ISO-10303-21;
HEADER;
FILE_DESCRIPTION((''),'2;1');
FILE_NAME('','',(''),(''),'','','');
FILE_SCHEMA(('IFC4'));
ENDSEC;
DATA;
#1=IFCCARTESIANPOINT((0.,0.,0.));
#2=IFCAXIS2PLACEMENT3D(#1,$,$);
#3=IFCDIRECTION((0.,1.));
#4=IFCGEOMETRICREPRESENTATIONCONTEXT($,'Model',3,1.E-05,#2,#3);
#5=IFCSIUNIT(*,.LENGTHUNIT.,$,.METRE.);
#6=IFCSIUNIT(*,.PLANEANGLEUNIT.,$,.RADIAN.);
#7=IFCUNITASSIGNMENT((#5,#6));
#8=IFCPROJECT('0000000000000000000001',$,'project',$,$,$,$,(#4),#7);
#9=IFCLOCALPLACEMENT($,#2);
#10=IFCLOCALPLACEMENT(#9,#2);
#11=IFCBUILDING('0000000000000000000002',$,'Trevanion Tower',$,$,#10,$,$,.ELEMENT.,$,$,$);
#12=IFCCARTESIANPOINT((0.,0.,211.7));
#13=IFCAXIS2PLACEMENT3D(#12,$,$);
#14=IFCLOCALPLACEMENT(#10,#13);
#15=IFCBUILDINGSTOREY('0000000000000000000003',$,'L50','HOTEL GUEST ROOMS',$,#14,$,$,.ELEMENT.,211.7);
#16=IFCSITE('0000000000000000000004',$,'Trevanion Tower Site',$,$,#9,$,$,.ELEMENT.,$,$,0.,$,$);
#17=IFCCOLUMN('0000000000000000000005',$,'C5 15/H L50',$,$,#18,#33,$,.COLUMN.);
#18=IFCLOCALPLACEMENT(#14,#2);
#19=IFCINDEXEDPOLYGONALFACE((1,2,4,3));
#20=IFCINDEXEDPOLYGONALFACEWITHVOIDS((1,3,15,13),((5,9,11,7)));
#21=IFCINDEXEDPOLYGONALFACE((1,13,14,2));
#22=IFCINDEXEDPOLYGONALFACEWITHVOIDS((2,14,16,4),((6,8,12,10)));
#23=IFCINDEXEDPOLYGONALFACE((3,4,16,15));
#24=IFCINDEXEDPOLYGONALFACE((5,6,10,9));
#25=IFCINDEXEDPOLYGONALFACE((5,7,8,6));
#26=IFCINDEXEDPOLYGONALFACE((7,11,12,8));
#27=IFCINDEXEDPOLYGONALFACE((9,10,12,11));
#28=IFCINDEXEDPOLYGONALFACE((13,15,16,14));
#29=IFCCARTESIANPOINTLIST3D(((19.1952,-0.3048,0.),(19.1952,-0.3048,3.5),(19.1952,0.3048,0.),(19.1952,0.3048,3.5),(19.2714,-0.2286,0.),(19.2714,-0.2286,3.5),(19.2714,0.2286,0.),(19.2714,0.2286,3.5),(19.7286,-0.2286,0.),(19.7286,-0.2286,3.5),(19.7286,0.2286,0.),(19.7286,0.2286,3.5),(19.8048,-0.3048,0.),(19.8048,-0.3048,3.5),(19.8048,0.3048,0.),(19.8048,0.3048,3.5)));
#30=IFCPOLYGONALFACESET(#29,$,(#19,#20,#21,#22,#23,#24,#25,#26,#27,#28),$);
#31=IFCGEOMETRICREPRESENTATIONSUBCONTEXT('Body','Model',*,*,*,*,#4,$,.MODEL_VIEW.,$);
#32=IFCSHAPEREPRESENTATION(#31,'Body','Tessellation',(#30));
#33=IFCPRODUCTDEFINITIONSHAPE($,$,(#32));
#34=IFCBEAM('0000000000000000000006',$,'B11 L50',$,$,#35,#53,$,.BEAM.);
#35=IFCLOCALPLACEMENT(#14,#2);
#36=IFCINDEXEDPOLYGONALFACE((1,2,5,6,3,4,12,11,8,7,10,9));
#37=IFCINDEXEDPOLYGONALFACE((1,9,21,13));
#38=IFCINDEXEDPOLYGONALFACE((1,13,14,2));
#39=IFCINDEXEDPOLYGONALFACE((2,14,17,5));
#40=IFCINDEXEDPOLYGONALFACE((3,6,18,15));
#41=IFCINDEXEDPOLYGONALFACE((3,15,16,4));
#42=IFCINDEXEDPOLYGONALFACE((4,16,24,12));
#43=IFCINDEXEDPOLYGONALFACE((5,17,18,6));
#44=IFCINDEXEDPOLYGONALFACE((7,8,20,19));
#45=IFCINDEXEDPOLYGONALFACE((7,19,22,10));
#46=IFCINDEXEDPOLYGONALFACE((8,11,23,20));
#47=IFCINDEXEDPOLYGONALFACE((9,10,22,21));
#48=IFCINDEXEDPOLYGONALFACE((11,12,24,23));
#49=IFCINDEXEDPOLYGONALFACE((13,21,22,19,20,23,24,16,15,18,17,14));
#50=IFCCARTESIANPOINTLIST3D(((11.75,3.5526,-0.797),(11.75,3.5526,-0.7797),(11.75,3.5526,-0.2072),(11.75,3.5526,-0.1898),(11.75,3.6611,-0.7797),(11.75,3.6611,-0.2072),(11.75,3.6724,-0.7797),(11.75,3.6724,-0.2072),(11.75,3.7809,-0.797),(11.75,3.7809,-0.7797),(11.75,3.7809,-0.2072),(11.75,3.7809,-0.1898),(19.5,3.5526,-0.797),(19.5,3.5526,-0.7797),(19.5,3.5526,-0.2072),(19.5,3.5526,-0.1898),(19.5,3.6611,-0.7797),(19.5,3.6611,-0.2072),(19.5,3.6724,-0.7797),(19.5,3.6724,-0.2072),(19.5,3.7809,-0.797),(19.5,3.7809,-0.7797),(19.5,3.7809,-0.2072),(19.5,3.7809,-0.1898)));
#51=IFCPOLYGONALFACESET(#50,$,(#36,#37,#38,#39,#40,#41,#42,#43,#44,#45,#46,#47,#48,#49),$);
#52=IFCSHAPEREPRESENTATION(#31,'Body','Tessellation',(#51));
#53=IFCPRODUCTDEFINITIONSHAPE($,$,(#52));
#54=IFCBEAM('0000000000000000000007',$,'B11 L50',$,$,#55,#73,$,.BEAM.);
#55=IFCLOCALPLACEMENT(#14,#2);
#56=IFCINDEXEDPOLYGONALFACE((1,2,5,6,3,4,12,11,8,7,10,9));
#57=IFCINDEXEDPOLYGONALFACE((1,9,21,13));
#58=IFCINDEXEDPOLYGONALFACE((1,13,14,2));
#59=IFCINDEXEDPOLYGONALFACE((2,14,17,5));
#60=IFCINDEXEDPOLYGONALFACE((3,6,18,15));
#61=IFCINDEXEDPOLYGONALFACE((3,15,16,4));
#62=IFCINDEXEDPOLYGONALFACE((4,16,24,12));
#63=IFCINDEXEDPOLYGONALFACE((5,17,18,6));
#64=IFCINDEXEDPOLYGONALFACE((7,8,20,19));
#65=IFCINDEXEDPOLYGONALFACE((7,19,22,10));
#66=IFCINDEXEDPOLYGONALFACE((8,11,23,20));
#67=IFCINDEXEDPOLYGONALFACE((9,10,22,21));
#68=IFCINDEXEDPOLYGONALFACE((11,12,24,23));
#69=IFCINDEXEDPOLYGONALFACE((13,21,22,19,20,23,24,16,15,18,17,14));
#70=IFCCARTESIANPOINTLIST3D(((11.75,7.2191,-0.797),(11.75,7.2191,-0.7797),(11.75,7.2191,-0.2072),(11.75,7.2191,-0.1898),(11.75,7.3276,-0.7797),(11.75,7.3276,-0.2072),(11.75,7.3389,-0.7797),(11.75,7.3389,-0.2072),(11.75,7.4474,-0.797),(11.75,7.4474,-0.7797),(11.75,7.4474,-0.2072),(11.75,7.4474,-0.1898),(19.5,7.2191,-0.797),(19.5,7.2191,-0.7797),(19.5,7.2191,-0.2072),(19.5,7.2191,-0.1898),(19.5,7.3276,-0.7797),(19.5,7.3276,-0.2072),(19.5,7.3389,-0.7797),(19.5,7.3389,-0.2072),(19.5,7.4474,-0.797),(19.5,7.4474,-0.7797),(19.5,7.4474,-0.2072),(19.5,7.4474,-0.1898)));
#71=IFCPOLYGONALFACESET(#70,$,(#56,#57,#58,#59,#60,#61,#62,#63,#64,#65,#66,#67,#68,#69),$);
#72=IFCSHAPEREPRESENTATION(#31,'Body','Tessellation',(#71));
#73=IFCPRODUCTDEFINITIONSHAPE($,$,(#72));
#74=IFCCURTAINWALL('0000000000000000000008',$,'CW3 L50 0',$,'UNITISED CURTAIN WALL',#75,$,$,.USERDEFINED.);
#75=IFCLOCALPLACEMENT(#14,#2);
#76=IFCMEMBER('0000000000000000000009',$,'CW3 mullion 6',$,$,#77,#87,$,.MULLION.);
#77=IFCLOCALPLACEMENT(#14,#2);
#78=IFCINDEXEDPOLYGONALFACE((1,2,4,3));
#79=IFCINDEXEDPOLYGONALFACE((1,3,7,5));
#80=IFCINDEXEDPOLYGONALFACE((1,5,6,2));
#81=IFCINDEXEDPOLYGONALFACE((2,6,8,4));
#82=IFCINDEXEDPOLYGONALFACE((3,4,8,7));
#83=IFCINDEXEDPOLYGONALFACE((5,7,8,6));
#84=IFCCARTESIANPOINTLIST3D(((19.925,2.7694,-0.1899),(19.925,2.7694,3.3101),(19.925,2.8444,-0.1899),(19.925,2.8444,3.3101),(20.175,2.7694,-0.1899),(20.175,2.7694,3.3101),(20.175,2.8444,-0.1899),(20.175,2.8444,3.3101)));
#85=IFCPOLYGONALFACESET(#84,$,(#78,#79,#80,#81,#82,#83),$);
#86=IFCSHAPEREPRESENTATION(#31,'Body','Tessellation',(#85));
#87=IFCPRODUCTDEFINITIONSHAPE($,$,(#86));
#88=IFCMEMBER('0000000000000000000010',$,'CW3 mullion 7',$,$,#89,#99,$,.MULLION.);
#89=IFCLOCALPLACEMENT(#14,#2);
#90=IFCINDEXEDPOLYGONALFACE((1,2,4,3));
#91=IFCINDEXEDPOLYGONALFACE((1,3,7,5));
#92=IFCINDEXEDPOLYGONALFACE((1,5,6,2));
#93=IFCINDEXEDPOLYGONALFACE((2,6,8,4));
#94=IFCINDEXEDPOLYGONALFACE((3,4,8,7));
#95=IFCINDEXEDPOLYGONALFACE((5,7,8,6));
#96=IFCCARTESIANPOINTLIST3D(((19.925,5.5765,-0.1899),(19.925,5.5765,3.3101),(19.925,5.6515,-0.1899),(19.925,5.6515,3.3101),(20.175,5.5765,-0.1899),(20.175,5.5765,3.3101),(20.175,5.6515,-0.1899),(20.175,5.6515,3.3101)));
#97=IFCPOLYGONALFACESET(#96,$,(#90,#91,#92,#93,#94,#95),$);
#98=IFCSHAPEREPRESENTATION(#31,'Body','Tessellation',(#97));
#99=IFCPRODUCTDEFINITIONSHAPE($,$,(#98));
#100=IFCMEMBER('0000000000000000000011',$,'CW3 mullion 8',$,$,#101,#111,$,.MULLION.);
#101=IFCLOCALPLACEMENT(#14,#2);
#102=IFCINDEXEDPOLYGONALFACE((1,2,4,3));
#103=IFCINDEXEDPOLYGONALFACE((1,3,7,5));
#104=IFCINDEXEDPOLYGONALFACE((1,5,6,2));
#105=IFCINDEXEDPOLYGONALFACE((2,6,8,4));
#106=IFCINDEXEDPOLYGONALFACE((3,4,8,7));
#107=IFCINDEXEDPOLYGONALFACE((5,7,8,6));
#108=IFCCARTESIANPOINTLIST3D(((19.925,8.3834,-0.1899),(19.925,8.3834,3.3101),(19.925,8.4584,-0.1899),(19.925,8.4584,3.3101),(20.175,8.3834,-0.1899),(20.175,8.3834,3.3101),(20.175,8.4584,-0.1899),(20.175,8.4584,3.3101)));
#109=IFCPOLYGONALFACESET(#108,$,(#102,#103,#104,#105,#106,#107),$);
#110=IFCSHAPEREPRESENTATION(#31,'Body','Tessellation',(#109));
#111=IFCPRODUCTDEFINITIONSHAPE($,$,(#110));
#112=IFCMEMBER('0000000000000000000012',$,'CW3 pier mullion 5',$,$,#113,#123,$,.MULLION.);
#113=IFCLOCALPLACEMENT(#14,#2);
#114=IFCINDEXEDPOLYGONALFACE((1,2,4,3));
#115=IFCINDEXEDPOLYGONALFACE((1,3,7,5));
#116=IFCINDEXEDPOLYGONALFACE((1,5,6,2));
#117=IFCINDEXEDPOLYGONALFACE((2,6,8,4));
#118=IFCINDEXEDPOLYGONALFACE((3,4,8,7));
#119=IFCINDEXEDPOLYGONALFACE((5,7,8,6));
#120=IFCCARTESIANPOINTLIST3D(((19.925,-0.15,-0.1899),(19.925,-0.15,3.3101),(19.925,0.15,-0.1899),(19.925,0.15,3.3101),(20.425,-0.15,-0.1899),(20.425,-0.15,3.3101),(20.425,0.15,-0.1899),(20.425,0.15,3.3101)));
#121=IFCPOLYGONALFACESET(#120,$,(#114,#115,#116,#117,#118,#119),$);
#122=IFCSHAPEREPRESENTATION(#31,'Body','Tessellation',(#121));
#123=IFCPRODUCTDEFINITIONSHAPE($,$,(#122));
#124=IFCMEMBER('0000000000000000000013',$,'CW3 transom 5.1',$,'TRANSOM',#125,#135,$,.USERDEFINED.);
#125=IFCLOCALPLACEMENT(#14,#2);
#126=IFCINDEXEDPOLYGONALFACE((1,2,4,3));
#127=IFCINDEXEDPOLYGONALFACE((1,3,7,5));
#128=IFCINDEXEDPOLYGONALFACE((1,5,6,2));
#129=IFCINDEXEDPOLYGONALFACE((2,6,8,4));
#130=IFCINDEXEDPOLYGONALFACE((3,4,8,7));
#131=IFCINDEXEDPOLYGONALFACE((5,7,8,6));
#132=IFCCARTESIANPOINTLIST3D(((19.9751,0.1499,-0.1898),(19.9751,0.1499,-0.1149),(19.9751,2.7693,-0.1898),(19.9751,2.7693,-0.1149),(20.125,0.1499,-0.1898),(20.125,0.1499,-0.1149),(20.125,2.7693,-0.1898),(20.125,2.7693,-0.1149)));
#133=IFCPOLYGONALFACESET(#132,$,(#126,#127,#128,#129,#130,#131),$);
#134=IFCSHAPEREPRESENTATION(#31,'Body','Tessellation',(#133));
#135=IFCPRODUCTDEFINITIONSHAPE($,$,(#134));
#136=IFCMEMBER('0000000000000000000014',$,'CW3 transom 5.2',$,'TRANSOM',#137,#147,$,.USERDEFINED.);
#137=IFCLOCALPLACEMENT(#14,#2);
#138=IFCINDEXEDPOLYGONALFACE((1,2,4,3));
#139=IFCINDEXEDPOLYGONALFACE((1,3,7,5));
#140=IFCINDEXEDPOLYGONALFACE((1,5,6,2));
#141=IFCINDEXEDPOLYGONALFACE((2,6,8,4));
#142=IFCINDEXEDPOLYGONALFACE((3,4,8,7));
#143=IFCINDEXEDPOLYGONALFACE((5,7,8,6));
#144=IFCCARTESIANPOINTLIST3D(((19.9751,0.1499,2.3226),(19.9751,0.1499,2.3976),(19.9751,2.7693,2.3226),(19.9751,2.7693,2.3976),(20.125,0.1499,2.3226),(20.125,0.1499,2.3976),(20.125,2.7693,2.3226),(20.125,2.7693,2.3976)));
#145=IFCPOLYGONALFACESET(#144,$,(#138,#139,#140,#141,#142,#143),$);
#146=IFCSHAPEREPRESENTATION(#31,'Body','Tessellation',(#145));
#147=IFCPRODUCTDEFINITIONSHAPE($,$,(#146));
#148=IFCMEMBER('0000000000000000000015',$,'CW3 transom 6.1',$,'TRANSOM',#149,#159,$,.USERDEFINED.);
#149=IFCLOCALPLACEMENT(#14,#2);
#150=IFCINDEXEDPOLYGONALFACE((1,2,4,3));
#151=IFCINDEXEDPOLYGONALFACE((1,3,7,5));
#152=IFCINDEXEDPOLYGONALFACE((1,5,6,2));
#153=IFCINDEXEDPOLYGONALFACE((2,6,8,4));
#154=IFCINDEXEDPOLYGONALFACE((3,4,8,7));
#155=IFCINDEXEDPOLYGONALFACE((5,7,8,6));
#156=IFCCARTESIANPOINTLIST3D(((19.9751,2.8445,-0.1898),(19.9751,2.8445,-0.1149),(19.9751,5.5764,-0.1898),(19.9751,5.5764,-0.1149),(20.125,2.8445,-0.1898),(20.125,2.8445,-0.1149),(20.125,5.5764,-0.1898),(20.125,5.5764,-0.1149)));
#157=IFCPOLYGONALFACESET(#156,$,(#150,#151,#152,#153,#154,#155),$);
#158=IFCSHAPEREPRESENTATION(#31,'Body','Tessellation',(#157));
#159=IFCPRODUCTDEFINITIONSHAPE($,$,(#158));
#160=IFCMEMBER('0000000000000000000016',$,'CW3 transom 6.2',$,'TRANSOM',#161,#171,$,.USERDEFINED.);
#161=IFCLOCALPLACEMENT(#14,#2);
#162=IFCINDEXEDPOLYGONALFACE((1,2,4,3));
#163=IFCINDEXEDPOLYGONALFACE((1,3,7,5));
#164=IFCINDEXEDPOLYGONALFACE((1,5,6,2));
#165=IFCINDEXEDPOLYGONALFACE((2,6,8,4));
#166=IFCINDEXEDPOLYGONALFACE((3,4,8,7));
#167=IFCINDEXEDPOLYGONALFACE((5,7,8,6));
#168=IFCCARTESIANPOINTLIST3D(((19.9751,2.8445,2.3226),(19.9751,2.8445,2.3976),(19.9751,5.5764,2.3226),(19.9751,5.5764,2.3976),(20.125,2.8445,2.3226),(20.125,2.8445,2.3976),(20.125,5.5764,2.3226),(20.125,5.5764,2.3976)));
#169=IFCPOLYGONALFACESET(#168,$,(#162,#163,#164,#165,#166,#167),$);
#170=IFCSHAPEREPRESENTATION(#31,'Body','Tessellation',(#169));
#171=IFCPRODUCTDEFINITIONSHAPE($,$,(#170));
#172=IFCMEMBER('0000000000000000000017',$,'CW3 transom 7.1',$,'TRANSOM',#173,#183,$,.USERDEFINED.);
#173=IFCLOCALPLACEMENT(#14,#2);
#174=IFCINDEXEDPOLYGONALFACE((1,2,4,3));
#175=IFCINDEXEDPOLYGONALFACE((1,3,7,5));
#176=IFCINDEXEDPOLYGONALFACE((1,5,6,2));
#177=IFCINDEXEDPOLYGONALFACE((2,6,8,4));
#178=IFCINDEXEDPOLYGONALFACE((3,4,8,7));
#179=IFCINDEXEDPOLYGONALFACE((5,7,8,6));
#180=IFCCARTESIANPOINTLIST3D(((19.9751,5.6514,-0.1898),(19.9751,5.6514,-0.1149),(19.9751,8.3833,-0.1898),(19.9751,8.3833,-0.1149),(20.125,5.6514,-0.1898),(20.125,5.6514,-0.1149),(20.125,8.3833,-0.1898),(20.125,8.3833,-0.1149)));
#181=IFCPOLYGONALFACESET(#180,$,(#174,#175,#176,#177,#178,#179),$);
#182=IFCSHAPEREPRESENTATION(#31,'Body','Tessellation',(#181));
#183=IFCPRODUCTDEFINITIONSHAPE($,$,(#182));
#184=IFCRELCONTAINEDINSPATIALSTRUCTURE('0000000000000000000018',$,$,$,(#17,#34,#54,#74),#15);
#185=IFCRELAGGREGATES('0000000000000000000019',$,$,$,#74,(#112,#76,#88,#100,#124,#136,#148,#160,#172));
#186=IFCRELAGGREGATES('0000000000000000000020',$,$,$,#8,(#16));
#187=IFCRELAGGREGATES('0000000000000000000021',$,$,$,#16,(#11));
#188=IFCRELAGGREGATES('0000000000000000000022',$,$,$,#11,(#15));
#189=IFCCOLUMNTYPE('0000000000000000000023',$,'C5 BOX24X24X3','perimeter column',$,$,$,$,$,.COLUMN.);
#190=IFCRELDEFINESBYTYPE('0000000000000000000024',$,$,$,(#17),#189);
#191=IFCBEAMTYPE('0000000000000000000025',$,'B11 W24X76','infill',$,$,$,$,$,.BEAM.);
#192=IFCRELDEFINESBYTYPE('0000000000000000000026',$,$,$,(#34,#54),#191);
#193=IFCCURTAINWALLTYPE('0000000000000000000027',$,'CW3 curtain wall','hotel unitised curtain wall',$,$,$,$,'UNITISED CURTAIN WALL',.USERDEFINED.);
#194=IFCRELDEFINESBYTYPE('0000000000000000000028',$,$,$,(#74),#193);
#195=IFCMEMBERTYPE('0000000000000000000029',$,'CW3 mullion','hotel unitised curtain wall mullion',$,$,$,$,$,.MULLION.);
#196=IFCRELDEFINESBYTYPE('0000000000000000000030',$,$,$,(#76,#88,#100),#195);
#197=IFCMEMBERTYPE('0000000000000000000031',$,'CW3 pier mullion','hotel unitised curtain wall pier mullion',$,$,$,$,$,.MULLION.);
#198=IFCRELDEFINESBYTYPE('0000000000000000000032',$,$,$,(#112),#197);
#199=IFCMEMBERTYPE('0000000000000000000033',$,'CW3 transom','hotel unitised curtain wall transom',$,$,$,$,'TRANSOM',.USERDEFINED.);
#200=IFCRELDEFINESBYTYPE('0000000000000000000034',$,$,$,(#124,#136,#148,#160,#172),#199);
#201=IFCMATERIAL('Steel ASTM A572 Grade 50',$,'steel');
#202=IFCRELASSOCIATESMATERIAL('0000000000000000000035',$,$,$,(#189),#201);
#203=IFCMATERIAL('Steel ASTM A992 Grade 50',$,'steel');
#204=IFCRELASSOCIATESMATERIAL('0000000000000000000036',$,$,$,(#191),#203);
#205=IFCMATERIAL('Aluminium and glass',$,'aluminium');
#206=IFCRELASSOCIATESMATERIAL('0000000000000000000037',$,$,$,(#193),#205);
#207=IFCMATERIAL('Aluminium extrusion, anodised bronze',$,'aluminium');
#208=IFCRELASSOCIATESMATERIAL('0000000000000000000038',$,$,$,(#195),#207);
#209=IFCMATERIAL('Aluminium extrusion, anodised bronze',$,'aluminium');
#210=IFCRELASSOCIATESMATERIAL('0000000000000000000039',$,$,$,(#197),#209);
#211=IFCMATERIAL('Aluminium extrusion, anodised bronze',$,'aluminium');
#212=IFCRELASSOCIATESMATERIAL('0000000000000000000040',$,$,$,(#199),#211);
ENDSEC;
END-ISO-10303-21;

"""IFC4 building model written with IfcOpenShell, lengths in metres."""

from ifc_helpers import new_model, si_unit, direction, frame, origin, origin_2d, place, context, subcontext, project, spatial, rectangle, hollow_rectangle, i_section, extrude, material, material_profile, profile_set, type_object, element, aggregate, save


model = new_model("IFC4")

# Units and contexts
model_context = context("Model", 3, precision=1e-05, world=origin(), true_north=direction((0.0, 1.0)))
body_context = subcontext(model_context, "Body", "Model", "MODEL_VIEW")
ifc_project = project(units=[si_unit("LENGTHUNIT", "METRE"), si_unit("PLANEANGLEUNIT", "RADIAN")], contexts=[model_context])

# Site, building, storey
site_placement = place(None, origin())
site = spatial("IfcSite", under=ifc_project, at=site_placement, Name="Trevanion Tower Site", CompositionType="ELEMENT", RefElevation=0.0)
building_placement = place(site_placement, origin())
building = spatial("IfcBuilding", under=site, at=building_placement, Name="Trevanion Tower", CompositionType="ELEMENT")
storey_placement = place(building_placement, frame((0.0, 0.0, 211.7)))
storey = spatial("IfcBuildingStorey", under=building, at=storey_placement, Name="L50", Description="HOTEL GUEST ROOMS", CompositionType="ELEMENT", Elevation=211.7)

# Column
ifc_material_1 = material(Name="Steel ASTM A572 Grade 50", Category="steel")
ifc_material_profile_1 = material_profile(ifc_material_1, hollow_rectangle(XDim=0.6096, YDim=0.6096, WallThickness=0.0762, at=origin_2d()), Name="BOX24X24X3")
ifc_profile_set_1 = profile_set([ifc_material_profile_1], Name="Steel ASTM A572 Grade 50")
column_type = type_object("IfcColumnType", Name="C5 BOX24X24X3", Description="perimeter column", PredefinedType="COLUMN", material=ifc_profile_set_1)
column_placement = place(storey_placement, frame((19.5, 0.0, 0.0), z_axis=(0.0, 0.0, 1.0), x_axis=(0.0, 1.0, 0.0)))
element("IfcColumn", 1, at=column_placement, inside=storey, type_object=column_type, Name="C5 15/H L50", PredefinedType="COLUMN", context=body_context, shape_type="SweptSolid", body=[
    extrude(hollow_rectangle(XDim=0.6096, YDim=0.6096, WallThickness=0.0762, at=origin_2d()), origin(), (0.0, 0.0, 1.0), 3.5),
])

# Beams
ifc_material_2 = material(Name="Steel ASTM A992 Grade 50", Category="steel")
ifc_material_profile_2 = material_profile(ifc_material_2, i_section(OverallWidth=0.2283, OverallDepth=0.6072, WebThickness=0.0112, FlangeThickness=0.0173, at=origin_2d()), Name="W24X76")
ifc_profile_set_2 = profile_set([ifc_material_profile_2], Name="Steel ASTM A992 Grade 50")
beam_type_1 = type_object("IfcBeamType", Name="B11 W24X76", Description="infill", PredefinedType="BEAM", material=ifc_profile_set_2)
for number, where, z_axis, x_axis, name in (
    (2, (11.75, 3.6667, -0.4934), (1.0, 0.0, 0.0), (0.0, 1.0, 0.0), "B11 L50"),
    (3, (11.75, 7.3333, -0.4934), (1.0, 0.0, 0.0), (0.0, 1.0, 0.0), "B11 L50"),
):
    element("IfcBeam", number, at=place(storey_placement, frame(where, z_axis=z_axis, x_axis=x_axis)), inside=storey, type_object=beam_type_1, Name=name, PredefinedType="BEAM", context=body_context, shape_type="SweptSolid", body=[
        extrude(i_section(OverallWidth=0.2283, OverallDepth=0.6072, WebThickness=0.0112, FlangeThickness=0.0173, at=origin_2d()), origin(), (0.0, 0.0, 1.0), 7.75),
    ])

# Curtain wall, members
ifc_material_3 = material(Name="Aluminium and glass", Category="aluminium")
curtain_wall_type = type_object("IfcCurtainWallType", Name="CW3 curtain wall", Description="hotel unitised curtain wall", ElementType="UNITISED CURTAIN WALL", PredefinedType="USERDEFINED", material=ifc_material_3)
curtain_wall_placement = place(storey_placement, origin())
curtain_wall = element("IfcCurtainWall", 4, at=curtain_wall_placement, inside=storey, type_object=curtain_wall_type, Name="CW3 L50 0", ObjectType="UNITISED CURTAIN WALL", PredefinedType="USERDEFINED")
ifc_material_4 = material(Name="Aluminium extrusion, anodised bronze", Category="aluminium")
ifc_material_profile_3 = material_profile(ifc_material_4, rectangle(XDim=0.075, YDim=0.25, at=origin_2d()), Name="CW3 mullion")
ifc_profile_set_3 = profile_set([ifc_material_profile_3], Name="Aluminium extrusion, anodised bronze")
member_type_1 = type_object("IfcMemberType", Name="CW3 mullion", Description="hotel unitised curtain wall mullion", PredefinedType="MULLION", material=ifc_profile_set_3)
member_1_placement = place(storey_placement, frame((20.05, 2.8069, -0.1899), z_axis=(0.0, 0.0, 1.0), x_axis=(0.0, 1.0, 0.0)))
member_1 = element("IfcMember", 5, at=member_1_placement, type_object=member_type_1, Name="CW3 mullion 6", PredefinedType="MULLION", context=body_context, shape_type="SweptSolid", body=[
    extrude(rectangle(XDim=0.075, YDim=0.25, at=origin_2d()), origin(), (0.0, 0.0, 1.0), 3.5),
])
member_2_placement = place(storey_placement, frame((20.05, 5.614, -0.1899), z_axis=(0.0, 0.0, 1.0), x_axis=(0.0, 1.0, 0.0)))
member_2 = element("IfcMember", 6, at=member_2_placement, type_object=member_type_1, Name="CW3 mullion 7", PredefinedType="MULLION", context=body_context, shape_type="SweptSolid", body=[
    extrude(rectangle(XDim=0.075, YDim=0.25, at=origin_2d()), origin(), (0.0, 0.0, 1.0), 3.5),
])
member_3_placement = place(storey_placement, frame((20.05, 8.4209, -0.1899), z_axis=(0.0, 0.0, 1.0), x_axis=(0.0, 1.0, 0.0)))
member_3 = element("IfcMember", 7, at=member_3_placement, type_object=member_type_1, Name="CW3 mullion 8", PredefinedType="MULLION", context=body_context, shape_type="SweptSolid", body=[
    extrude(rectangle(XDim=0.075, YDim=0.25, at=origin_2d()), origin(), (0.0, 0.0, 1.0), 3.5),
])
ifc_material_5 = material(Name="Aluminium extrusion, anodised bronze", Category="aluminium")
ifc_material_profile_4 = material_profile(ifc_material_5, rectangle(XDim=0.3, YDim=0.5, at=origin_2d()), Name="CW3 pier mullion")
ifc_profile_set_4 = profile_set([ifc_material_profile_4], Name="Aluminium extrusion, anodised bronze")
member_type_2 = type_object("IfcMemberType", Name="CW3 pier mullion", Description="hotel unitised curtain wall pier mullion", PredefinedType="MULLION", material=ifc_profile_set_4)
member_4_placement = place(storey_placement, frame((20.175, 0.0, -0.1899), z_axis=(0.0, 0.0, 1.0), x_axis=(0.0, 1.0, 0.0)))
member_4 = element("IfcMember", 8, at=member_4_placement, type_object=member_type_2, Name="CW3 pier mullion 5", PredefinedType="MULLION", context=body_context, shape_type="SweptSolid", body=[
    extrude(rectangle(XDim=0.3, YDim=0.5, at=origin_2d()), origin(), (0.0, 0.0, 1.0), 3.5),
])
ifc_material_6 = material(Name="Aluminium extrusion, anodised bronze", Category="aluminium")
ifc_material_profile_5 = material_profile(ifc_material_6, rectangle(XDim=0.1499, YDim=0.075, at=origin_2d()), Name="CW3 transom")
ifc_profile_set_5 = profile_set([ifc_material_profile_5], Name="Aluminium extrusion, anodised bronze")
member_type_3 = type_object("IfcMemberType", Name="CW3 transom", Description="hotel unitised curtain wall transom", ElementType="TRANSOM", PredefinedType="USERDEFINED", material=ifc_profile_set_5)
member_5_placement = place(storey_placement, frame((20.05, 0.1499, -0.1523), z_axis=(0.0, 1.0, 0.0), x_axis=(-1.0, 0.0, 0.0)))
member_5 = element("IfcMember", 9, at=member_5_placement, type_object=member_type_3, Name="CW3 transom 5.1", ObjectType="TRANSOM", PredefinedType="USERDEFINED", context=body_context, shape_type="SweptSolid", body=[
    extrude(rectangle(XDim=0.1499, YDim=0.075, at=origin_2d()), origin(), (0.0, 0.0, 1.0), 2.6194),
])
member_6_placement = place(storey_placement, frame((20.05, 0.1499, 2.3601), z_axis=(0.0, 1.0, 0.0), x_axis=(-1.0, 0.0, 0.0)))
member_6 = element("IfcMember", 10, at=member_6_placement, type_object=member_type_3, Name="CW3 transom 5.2", ObjectType="TRANSOM", PredefinedType="USERDEFINED", context=body_context, shape_type="SweptSolid", body=[
    extrude(rectangle(XDim=0.1499, YDim=0.075, at=origin_2d()), origin(), (0.0, 0.0, 1.0), 2.6194),
])
member_7_placement = place(storey_placement, frame((20.05, 2.8445, -0.1523), z_axis=(0.0, 1.0, 0.0), x_axis=(-1.0, 0.0, 0.0)))
member_7 = element("IfcMember", 11, at=member_7_placement, type_object=member_type_3, Name="CW3 transom 6.1", ObjectType="TRANSOM", PredefinedType="USERDEFINED", context=body_context, shape_type="SweptSolid", body=[
    extrude(rectangle(XDim=0.1499, YDim=0.075, at=origin_2d()), origin(), (0.0, 0.0, 1.0), 2.7319),
])
member_8_placement = place(storey_placement, frame((20.05, 2.8445, 2.3601), z_axis=(0.0, 1.0, 0.0), x_axis=(-1.0, 0.0, 0.0)))
member_8 = element("IfcMember", 12, at=member_8_placement, type_object=member_type_3, Name="CW3 transom 6.2", ObjectType="TRANSOM", PredefinedType="USERDEFINED", context=body_context, shape_type="SweptSolid", body=[
    extrude(rectangle(XDim=0.1499, YDim=0.075, at=origin_2d()), origin(), (0.0, 0.0, 1.0), 2.7319),
])
member_9_placement = place(storey_placement, frame((20.05, 5.6514, -0.1523), z_axis=(0.0, 1.0, 0.0), x_axis=(-1.0, 0.0, 0.0)))
member_9 = element("IfcMember", 13, at=member_9_placement, type_object=member_type_3, Name="CW3 transom 7.1", ObjectType="TRANSOM", PredefinedType="USERDEFINED", context=body_context, shape_type="SweptSolid", body=[
    extrude(rectangle(XDim=0.1499, YDim=0.075, at=origin_2d()), origin(), (0.0, 0.0, 1.0), 2.7319),
])

aggregate(curtain_wall, [member_4, member_1, member_2, member_3, member_5, member_6, member_7, member_8, member_9])

save(model, "model.ifc")
